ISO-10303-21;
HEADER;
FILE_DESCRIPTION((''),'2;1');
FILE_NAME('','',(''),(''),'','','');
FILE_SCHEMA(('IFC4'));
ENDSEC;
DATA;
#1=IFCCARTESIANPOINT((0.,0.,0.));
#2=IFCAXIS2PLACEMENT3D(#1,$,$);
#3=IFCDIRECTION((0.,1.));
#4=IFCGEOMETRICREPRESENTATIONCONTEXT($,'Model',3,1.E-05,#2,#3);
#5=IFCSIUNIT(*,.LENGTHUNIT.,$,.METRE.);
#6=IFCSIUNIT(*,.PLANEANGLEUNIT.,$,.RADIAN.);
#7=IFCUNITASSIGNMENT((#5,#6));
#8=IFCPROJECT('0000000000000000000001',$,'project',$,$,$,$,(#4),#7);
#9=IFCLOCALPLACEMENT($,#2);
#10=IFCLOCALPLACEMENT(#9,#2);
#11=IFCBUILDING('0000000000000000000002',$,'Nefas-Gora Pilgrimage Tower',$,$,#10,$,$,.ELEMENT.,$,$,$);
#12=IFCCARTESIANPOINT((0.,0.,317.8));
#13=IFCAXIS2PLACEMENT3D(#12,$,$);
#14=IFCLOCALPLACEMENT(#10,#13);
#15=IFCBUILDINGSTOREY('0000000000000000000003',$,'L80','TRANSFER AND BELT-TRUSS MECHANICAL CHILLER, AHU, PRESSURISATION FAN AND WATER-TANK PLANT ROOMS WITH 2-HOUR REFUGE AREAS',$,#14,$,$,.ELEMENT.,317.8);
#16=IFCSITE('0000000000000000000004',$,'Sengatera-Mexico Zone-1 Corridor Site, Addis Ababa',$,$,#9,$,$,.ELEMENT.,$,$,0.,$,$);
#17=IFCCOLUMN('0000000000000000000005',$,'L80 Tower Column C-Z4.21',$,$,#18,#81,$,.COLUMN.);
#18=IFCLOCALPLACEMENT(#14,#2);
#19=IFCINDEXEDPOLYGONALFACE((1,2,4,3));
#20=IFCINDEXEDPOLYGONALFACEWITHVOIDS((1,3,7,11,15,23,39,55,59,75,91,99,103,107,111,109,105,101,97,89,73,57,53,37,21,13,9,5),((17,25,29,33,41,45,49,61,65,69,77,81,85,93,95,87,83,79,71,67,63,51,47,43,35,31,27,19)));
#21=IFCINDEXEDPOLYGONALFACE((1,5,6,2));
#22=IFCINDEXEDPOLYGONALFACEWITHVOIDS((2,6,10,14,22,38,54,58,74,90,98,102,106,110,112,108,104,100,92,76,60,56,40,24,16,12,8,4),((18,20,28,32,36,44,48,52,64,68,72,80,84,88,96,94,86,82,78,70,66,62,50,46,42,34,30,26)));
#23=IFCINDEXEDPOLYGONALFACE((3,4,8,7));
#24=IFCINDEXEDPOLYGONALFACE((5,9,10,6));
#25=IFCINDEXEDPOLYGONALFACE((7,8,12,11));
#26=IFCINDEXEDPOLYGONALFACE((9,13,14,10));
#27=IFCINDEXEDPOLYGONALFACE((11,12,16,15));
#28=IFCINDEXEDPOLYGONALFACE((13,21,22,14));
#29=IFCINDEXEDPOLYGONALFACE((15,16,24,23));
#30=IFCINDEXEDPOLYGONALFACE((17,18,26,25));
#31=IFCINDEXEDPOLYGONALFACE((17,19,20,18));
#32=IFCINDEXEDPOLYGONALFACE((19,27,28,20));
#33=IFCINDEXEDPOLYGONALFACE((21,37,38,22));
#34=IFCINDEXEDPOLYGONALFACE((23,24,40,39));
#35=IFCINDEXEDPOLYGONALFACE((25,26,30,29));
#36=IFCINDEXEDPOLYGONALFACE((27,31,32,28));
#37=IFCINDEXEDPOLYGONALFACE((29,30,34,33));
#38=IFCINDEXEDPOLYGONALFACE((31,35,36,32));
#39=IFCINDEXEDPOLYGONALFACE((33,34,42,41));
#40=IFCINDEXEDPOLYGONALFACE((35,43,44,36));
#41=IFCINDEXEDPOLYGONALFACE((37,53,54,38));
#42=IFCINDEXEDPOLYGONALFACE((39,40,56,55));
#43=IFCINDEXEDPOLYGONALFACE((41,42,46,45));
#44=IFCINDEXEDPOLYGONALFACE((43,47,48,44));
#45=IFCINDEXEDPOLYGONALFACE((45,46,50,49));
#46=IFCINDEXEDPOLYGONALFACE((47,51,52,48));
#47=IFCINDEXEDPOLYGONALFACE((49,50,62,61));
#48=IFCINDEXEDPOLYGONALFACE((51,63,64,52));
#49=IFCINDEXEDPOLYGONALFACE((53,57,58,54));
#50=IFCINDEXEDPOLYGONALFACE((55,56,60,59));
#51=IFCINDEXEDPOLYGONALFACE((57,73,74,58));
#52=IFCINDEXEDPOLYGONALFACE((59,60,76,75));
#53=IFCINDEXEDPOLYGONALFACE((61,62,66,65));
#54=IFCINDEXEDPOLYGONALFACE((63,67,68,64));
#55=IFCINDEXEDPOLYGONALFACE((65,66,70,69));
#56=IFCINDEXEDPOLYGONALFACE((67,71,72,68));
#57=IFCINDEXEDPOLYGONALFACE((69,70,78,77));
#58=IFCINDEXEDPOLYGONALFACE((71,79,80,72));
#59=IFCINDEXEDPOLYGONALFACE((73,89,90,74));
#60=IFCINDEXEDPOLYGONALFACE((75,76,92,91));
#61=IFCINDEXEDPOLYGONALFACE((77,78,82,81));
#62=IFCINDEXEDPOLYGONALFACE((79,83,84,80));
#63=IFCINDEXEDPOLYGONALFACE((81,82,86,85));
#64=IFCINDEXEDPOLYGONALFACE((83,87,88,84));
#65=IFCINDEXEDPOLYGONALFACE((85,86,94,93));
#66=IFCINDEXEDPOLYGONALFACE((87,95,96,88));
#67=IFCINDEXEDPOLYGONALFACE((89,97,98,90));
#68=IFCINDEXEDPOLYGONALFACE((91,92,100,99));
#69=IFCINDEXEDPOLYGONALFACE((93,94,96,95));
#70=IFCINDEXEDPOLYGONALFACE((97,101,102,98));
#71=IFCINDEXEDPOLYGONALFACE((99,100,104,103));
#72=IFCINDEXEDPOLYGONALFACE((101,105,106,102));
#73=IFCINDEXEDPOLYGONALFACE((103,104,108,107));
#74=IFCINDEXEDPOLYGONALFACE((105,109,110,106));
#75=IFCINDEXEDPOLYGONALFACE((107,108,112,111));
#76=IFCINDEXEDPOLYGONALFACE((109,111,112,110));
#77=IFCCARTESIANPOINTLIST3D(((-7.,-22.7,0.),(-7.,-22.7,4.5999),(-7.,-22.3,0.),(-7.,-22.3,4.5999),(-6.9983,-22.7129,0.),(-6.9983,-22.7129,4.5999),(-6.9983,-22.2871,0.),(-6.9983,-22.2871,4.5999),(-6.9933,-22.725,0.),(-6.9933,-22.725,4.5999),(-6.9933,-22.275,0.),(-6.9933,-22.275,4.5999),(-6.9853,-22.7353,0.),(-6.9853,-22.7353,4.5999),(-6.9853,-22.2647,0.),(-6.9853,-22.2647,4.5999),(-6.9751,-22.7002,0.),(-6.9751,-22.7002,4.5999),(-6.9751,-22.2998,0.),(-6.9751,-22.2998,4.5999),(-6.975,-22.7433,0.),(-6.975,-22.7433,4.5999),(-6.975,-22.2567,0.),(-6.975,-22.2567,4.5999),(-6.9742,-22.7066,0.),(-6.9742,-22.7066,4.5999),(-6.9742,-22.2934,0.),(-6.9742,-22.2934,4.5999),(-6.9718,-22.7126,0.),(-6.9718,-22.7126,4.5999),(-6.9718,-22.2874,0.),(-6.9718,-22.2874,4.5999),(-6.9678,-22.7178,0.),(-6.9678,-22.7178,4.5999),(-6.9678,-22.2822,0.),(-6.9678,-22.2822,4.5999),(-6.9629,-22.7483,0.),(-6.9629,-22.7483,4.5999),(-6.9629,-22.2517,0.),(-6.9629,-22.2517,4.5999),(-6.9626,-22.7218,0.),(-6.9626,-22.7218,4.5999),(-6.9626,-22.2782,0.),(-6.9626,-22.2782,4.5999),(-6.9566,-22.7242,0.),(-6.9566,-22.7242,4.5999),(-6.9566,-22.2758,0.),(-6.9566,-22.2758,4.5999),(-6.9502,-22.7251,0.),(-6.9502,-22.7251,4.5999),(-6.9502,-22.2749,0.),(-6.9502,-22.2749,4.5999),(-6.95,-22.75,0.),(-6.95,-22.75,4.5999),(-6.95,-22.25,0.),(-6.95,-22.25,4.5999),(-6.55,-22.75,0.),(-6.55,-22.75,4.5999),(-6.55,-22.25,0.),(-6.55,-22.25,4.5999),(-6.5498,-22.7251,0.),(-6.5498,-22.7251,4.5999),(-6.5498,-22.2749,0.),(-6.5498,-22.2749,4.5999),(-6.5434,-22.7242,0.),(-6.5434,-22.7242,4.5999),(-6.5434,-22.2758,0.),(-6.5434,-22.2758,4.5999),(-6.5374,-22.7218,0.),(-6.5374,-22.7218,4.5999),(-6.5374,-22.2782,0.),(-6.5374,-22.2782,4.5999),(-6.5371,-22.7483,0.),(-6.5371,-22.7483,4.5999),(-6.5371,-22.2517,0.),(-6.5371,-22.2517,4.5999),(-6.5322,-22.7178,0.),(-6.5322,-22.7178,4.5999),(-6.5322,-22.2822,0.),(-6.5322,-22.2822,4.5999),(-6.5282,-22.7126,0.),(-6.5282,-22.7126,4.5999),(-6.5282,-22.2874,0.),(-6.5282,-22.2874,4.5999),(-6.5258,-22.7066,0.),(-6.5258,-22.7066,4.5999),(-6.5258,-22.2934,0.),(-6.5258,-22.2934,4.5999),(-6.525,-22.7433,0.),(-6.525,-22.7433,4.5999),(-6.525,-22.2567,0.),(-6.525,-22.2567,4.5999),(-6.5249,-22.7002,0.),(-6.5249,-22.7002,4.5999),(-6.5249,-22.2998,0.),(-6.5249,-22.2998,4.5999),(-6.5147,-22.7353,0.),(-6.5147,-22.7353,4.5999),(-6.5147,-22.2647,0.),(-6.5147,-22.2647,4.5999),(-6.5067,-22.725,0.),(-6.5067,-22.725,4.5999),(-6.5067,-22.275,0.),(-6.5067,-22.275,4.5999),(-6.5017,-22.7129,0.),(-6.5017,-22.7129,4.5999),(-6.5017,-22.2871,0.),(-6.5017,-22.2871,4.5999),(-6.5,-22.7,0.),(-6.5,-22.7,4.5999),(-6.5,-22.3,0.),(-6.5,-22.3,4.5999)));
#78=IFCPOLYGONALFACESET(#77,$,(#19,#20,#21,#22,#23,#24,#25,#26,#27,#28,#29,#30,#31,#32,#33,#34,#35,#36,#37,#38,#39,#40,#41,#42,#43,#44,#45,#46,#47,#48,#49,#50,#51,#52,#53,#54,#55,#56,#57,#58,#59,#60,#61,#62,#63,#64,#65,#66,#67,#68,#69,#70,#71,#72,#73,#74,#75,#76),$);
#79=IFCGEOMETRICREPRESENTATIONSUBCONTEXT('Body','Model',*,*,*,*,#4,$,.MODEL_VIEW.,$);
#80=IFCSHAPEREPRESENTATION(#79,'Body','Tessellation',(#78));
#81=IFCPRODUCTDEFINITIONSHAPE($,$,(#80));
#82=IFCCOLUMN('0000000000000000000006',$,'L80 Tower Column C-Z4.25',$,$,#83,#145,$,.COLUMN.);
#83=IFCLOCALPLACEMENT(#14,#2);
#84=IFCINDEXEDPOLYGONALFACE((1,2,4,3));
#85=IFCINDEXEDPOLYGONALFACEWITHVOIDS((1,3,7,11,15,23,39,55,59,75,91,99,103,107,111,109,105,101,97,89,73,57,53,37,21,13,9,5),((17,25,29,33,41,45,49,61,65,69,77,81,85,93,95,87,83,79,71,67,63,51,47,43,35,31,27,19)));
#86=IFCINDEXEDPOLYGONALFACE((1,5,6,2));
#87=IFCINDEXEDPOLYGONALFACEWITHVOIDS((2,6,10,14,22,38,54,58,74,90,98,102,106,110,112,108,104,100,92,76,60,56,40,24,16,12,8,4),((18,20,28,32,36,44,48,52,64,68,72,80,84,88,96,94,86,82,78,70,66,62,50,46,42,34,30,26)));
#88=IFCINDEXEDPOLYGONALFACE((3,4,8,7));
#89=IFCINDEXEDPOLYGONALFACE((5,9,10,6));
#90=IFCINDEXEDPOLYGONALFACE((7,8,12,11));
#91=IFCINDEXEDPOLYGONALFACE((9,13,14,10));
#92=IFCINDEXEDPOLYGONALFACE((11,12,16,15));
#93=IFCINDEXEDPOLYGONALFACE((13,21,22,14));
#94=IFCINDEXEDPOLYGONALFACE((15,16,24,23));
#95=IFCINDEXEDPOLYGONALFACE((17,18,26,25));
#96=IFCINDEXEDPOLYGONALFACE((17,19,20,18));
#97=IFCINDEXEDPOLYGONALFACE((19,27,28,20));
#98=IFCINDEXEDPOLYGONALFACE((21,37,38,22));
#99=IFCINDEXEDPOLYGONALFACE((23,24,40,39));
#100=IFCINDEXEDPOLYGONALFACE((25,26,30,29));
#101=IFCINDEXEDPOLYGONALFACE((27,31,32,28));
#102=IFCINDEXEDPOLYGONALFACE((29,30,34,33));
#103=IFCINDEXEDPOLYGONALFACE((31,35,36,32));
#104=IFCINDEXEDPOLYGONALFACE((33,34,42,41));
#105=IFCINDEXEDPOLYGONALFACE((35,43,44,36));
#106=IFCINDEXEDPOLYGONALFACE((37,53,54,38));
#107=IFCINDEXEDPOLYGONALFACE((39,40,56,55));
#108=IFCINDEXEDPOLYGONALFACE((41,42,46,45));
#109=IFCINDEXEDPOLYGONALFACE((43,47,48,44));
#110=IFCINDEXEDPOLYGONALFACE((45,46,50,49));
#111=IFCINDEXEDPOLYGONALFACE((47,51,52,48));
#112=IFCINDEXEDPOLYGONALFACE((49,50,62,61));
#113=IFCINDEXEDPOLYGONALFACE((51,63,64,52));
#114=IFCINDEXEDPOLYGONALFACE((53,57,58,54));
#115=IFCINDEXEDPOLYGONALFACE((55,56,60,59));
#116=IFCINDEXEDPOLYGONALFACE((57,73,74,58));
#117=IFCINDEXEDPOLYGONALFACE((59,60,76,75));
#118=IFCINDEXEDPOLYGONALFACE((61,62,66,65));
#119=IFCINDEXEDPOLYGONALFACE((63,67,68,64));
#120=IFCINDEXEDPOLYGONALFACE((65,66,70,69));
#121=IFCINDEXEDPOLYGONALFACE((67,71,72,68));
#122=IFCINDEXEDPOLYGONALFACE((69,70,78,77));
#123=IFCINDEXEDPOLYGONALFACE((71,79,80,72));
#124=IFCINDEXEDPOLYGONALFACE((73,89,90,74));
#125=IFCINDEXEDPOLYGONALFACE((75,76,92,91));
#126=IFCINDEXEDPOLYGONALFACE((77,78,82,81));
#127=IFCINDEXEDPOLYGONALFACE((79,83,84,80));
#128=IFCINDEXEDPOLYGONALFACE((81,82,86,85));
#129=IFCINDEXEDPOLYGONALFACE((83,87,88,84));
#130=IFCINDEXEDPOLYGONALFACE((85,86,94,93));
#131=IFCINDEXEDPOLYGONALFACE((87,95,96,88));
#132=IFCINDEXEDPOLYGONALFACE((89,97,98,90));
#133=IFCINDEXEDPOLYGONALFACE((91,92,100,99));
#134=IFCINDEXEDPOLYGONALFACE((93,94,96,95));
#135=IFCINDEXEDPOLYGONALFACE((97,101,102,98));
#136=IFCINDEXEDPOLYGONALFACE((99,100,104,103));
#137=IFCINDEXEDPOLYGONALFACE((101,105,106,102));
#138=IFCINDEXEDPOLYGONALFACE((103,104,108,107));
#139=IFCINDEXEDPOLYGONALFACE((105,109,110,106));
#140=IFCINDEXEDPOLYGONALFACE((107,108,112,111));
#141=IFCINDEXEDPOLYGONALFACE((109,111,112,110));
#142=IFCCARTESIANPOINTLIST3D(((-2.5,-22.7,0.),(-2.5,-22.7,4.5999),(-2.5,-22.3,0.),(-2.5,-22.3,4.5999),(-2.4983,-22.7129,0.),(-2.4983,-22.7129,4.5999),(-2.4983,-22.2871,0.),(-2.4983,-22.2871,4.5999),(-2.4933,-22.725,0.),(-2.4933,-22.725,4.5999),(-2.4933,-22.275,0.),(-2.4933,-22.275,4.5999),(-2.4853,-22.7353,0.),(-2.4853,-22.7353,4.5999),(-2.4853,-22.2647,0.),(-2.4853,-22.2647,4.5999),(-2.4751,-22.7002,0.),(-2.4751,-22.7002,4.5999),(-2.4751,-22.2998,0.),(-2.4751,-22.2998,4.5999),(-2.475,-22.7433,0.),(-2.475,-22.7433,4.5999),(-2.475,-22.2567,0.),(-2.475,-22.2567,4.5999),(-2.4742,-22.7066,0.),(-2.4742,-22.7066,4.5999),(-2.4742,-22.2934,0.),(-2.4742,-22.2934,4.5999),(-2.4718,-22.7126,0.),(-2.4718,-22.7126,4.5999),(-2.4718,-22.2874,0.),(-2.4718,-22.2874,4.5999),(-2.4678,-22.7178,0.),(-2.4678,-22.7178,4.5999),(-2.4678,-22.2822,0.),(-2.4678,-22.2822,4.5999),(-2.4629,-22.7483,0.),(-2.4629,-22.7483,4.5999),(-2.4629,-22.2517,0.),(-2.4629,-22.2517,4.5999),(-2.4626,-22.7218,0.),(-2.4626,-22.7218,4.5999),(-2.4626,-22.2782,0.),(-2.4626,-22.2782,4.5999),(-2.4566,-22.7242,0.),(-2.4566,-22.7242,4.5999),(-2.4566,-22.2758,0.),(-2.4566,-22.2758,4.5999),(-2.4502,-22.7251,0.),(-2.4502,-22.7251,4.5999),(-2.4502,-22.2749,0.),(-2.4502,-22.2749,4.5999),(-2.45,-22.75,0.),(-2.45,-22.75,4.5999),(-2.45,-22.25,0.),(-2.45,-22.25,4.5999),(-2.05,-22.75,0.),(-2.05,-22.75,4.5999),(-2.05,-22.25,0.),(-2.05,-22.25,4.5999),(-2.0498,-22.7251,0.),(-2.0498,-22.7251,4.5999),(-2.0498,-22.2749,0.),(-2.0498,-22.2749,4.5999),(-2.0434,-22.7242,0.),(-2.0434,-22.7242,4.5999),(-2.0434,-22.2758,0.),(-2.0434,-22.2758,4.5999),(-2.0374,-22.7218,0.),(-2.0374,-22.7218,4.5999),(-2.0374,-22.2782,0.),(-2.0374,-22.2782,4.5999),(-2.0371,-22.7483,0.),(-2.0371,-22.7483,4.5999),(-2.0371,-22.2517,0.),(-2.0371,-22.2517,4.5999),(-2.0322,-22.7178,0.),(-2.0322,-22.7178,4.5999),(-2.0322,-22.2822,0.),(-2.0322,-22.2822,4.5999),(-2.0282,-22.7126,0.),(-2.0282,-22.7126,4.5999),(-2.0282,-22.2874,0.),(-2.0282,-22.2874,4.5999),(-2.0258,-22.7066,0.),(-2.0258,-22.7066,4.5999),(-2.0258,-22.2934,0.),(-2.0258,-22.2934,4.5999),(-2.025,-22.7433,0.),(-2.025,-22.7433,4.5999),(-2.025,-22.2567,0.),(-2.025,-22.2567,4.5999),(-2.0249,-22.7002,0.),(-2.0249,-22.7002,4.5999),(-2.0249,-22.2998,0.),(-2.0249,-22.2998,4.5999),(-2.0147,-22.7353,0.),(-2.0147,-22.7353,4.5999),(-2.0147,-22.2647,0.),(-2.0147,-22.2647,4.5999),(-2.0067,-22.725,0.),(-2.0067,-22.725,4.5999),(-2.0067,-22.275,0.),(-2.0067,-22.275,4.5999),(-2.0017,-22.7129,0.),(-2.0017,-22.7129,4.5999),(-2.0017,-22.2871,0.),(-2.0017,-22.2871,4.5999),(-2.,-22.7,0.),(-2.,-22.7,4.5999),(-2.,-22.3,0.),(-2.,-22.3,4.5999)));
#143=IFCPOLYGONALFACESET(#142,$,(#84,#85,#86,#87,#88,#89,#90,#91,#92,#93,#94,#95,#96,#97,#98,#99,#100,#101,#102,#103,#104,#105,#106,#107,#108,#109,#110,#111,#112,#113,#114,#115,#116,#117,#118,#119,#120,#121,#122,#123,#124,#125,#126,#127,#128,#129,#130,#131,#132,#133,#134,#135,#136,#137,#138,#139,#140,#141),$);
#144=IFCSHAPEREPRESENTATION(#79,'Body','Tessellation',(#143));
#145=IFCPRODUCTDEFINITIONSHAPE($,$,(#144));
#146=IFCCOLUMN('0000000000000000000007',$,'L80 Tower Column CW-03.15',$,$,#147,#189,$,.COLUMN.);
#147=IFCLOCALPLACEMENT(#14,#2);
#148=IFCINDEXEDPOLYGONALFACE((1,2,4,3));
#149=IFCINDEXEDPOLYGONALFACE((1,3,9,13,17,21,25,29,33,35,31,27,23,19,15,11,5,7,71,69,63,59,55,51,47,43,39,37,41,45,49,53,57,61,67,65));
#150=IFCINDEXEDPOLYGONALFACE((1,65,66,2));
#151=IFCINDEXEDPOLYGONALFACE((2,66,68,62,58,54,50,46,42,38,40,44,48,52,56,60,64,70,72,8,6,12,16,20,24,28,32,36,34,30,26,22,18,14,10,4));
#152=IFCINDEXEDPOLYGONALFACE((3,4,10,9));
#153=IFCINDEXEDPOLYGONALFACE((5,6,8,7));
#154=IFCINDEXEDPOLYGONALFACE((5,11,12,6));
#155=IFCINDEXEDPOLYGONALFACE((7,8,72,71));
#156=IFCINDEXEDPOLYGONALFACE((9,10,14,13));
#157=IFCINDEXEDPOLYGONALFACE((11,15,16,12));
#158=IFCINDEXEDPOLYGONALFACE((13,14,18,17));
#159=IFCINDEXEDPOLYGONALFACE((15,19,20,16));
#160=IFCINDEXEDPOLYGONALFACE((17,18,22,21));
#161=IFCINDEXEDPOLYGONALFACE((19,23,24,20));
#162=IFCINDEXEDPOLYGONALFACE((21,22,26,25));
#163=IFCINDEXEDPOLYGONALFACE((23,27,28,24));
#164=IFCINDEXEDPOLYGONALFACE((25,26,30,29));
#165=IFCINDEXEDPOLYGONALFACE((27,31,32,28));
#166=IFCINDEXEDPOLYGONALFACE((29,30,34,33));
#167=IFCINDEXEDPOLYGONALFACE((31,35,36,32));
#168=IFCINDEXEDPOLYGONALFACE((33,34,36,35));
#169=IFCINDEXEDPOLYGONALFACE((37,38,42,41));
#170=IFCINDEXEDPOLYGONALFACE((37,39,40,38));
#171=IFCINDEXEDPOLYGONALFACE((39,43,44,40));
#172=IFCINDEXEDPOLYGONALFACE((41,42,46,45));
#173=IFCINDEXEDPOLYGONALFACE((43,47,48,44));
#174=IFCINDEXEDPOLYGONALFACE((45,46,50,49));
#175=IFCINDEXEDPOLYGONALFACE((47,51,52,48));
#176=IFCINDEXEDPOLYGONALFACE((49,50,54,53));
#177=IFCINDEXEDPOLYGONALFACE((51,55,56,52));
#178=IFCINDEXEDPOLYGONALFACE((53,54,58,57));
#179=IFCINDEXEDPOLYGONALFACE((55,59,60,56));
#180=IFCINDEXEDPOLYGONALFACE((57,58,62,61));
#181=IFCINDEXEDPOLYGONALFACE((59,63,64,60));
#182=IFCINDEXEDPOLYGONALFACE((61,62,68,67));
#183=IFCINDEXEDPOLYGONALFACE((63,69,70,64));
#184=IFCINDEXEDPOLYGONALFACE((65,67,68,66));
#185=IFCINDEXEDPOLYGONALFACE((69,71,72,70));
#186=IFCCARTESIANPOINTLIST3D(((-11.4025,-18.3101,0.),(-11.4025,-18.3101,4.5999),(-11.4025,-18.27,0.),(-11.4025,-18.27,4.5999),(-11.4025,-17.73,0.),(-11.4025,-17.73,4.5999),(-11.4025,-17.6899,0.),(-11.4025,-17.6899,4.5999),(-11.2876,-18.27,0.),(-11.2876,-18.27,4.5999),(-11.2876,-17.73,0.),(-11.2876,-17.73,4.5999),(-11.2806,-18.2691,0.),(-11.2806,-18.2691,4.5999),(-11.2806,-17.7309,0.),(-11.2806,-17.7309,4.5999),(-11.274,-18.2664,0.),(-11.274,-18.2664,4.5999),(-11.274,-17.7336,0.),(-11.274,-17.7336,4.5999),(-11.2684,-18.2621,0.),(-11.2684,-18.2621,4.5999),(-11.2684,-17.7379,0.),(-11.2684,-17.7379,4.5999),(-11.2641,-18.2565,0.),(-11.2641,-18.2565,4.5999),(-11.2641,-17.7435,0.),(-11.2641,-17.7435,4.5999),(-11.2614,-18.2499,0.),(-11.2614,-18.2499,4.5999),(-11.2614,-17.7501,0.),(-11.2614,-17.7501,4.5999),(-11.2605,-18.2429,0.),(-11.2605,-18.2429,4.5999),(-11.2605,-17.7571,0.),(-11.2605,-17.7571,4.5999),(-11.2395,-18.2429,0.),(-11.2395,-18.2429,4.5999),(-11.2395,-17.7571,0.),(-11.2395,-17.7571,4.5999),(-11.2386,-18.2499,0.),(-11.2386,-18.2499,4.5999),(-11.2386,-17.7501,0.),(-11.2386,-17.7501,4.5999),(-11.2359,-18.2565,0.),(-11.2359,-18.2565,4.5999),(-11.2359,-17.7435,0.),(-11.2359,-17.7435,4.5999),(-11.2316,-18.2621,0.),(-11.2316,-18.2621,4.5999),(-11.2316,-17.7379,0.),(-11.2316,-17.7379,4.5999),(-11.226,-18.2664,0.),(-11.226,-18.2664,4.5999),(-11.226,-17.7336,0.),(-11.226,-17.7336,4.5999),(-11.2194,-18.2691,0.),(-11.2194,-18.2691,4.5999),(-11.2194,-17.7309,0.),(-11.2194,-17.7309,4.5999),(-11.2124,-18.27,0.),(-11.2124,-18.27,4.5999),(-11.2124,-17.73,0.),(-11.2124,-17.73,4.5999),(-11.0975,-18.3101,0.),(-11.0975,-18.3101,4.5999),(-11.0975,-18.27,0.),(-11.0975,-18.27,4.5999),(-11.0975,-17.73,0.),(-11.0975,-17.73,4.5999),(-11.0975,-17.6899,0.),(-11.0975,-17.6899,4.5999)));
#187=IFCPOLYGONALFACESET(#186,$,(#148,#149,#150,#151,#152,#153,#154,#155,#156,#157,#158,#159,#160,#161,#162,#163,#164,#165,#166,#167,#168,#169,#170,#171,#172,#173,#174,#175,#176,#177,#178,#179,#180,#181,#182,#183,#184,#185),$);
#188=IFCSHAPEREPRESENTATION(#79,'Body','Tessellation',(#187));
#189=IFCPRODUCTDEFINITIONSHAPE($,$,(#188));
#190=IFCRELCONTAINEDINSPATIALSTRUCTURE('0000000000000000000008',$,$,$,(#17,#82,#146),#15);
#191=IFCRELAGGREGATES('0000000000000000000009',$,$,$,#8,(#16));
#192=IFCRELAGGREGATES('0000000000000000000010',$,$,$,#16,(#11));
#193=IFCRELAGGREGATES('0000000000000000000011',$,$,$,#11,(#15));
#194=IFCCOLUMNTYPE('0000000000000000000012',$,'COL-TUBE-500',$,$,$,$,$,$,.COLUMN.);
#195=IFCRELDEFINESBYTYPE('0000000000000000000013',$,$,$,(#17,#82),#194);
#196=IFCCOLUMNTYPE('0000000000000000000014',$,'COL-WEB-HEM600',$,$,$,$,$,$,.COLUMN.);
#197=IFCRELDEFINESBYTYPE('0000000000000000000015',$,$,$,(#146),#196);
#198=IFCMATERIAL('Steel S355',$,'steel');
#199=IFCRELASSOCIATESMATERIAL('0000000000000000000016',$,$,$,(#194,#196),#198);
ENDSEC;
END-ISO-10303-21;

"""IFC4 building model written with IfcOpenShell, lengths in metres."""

from ifc_helpers import new_model, si_unit, direction, frame, origin, origin_2d, place, context, subcontext, project, spatial, hollow_rectangle, i_section, extrude, source, transform, mapped, material, material_profile, profile_set, type_object, element, save


model = new_model("IFC4")

# Units and contexts
model_context = context("Model", 3, precision=1e-05, world=origin(), true_north=direction((0.0, 1.0)))
body_context = subcontext(model_context, "Body", "Model", "MODEL_VIEW")
ifc_project = project(units=[si_unit("LENGTHUNIT", "METRE"), si_unit("PLANEANGLEUNIT", "RADIAN")], contexts=[model_context])

# Site, building, storey
site_placement = place(None, origin())
site = spatial("IfcSite", under=ifc_project, at=site_placement, Name="Sengatera-Mexico Zone-1 Corridor Site, Addis Ababa", CompositionType="ELEMENT", RefElevation=0.0)
building_placement = place(site_placement, origin())
building = spatial("IfcBuilding", under=site, at=building_placement, Name="Nefas-Gora Pilgrimage Tower", CompositionType="ELEMENT")
storey_placement = place(building_placement, frame((0.0, 0.0, 317.8)))
storey = spatial("IfcBuildingStorey", under=building, at=storey_placement, Name="L80", Description="TRANSFER AND BELT-TRUSS MECHANICAL CHILLER, AHU, PRESSURISATION FAN AND WATER-TANK PLANT ROOMS WITH 2-HOUR REFUGE AREAS", CompositionType="ELEMENT", Elevation=317.8)

# Columns
ifc_material_1 = material(Name="Steel S355", Category="steel")
ifc_material_profile_1 = material_profile(ifc_material_1, hollow_rectangle(XDim=0.5, YDim=0.5, WallThickness=0.0249, InnerFilletRadius=0.0249, OuterFilletRadius=0.05, at=origin_2d()), Name="SHS 500x500x25")
ifc_profile_set_1 = profile_set([ifc_material_profile_1], Name="Steel S355")
column_type_1 = type_object("IfcColumnType", Name="COL-TUBE-500", PredefinedType="COLUMN", material=ifc_profile_set_1)
shared_shape_1 = source(origin(), body_context, "Body", "SweptSolid", [
    extrude(hollow_rectangle(XDim=0.5, YDim=0.5, WallThickness=0.0249, InnerFilletRadius=0.0249, OuterFilletRadius=0.05, at=origin_2d()), origin(), (0.0, 0.0, 1.0), 4.5999),
])
for number, where, z_axis, x_axis, name in (
    (1, (-6.75, -22.5, 0.0), (0.0, 0.0, 1.0), (1.0, 0.0, 0.0), "L80 Tower Column C-Z4.21"),
    (2, (-2.25, -22.5, 0.0), (0.0, 0.0, 1.0), (1.0, 0.0, 0.0), "L80 Tower Column C-Z4.25"),
):
    element("IfcColumn", number, at=place(storey_placement, frame(where, z_axis=z_axis, x_axis=x_axis)), inside=storey, type_object=column_type_1, Name=name, PredefinedType="COLUMN", context=body_context, shape_type="MappedRepresentation", body=[
        mapped(shared_shape_1, transform((0.0, 0.0, 0.0), x_axis=(1.0, 0.0, 0.0), y_axis=(0.0, 1.0, 0.0), z_axis=(0.0, 0.0, 1.0), scale=1.0)),
    ])
ifc_material_profile_2 = material_profile(ifc_material_1, i_section(OverallWidth=0.3049, OverallDepth=0.6201, WebThickness=0.021, FlangeThickness=0.04, FilletRadius=0.0271, at=origin_2d()), Name="HEM 600")
ifc_profile_set_2 = profile_set([ifc_material_profile_2], Name="Steel S355")
column_type_2 = type_object("IfcColumnType", Name="COL-WEB-HEM600", PredefinedType="COLUMN", material=ifc_profile_set_2)
shared_shape_2 = source(origin(), body_context, "Body", "SweptSolid", [
    extrude(i_section(OverallWidth=0.3049, OverallDepth=0.6201, WebThickness=0.021, FlangeThickness=0.04, FilletRadius=0.0271, at=origin_2d()), origin(), (0.0, 0.0, 1.0), 4.5999),
])
for number, where, z_axis, x_axis, name in (
    (3, (-11.25, -18.0, 0.0), (0.0, 0.0, 1.0), (1.0, 0.0, 0.0), "L80 Tower Column CW-03.15"),
):
    element("IfcColumn", number, at=place(storey_placement, frame(where, z_axis=z_axis, x_axis=x_axis)), inside=storey, type_object=column_type_2, Name=name, PredefinedType="COLUMN", context=body_context, shape_type="MappedRepresentation", body=[
        mapped(shared_shape_2, transform((0.0, 0.0, 0.0), x_axis=(1.0, 0.0, 0.0), y_axis=(0.0, 1.0, 0.0), z_axis=(0.0, 0.0, 1.0), scale=1.0)),
    ])

save(model, "model.ifc")
